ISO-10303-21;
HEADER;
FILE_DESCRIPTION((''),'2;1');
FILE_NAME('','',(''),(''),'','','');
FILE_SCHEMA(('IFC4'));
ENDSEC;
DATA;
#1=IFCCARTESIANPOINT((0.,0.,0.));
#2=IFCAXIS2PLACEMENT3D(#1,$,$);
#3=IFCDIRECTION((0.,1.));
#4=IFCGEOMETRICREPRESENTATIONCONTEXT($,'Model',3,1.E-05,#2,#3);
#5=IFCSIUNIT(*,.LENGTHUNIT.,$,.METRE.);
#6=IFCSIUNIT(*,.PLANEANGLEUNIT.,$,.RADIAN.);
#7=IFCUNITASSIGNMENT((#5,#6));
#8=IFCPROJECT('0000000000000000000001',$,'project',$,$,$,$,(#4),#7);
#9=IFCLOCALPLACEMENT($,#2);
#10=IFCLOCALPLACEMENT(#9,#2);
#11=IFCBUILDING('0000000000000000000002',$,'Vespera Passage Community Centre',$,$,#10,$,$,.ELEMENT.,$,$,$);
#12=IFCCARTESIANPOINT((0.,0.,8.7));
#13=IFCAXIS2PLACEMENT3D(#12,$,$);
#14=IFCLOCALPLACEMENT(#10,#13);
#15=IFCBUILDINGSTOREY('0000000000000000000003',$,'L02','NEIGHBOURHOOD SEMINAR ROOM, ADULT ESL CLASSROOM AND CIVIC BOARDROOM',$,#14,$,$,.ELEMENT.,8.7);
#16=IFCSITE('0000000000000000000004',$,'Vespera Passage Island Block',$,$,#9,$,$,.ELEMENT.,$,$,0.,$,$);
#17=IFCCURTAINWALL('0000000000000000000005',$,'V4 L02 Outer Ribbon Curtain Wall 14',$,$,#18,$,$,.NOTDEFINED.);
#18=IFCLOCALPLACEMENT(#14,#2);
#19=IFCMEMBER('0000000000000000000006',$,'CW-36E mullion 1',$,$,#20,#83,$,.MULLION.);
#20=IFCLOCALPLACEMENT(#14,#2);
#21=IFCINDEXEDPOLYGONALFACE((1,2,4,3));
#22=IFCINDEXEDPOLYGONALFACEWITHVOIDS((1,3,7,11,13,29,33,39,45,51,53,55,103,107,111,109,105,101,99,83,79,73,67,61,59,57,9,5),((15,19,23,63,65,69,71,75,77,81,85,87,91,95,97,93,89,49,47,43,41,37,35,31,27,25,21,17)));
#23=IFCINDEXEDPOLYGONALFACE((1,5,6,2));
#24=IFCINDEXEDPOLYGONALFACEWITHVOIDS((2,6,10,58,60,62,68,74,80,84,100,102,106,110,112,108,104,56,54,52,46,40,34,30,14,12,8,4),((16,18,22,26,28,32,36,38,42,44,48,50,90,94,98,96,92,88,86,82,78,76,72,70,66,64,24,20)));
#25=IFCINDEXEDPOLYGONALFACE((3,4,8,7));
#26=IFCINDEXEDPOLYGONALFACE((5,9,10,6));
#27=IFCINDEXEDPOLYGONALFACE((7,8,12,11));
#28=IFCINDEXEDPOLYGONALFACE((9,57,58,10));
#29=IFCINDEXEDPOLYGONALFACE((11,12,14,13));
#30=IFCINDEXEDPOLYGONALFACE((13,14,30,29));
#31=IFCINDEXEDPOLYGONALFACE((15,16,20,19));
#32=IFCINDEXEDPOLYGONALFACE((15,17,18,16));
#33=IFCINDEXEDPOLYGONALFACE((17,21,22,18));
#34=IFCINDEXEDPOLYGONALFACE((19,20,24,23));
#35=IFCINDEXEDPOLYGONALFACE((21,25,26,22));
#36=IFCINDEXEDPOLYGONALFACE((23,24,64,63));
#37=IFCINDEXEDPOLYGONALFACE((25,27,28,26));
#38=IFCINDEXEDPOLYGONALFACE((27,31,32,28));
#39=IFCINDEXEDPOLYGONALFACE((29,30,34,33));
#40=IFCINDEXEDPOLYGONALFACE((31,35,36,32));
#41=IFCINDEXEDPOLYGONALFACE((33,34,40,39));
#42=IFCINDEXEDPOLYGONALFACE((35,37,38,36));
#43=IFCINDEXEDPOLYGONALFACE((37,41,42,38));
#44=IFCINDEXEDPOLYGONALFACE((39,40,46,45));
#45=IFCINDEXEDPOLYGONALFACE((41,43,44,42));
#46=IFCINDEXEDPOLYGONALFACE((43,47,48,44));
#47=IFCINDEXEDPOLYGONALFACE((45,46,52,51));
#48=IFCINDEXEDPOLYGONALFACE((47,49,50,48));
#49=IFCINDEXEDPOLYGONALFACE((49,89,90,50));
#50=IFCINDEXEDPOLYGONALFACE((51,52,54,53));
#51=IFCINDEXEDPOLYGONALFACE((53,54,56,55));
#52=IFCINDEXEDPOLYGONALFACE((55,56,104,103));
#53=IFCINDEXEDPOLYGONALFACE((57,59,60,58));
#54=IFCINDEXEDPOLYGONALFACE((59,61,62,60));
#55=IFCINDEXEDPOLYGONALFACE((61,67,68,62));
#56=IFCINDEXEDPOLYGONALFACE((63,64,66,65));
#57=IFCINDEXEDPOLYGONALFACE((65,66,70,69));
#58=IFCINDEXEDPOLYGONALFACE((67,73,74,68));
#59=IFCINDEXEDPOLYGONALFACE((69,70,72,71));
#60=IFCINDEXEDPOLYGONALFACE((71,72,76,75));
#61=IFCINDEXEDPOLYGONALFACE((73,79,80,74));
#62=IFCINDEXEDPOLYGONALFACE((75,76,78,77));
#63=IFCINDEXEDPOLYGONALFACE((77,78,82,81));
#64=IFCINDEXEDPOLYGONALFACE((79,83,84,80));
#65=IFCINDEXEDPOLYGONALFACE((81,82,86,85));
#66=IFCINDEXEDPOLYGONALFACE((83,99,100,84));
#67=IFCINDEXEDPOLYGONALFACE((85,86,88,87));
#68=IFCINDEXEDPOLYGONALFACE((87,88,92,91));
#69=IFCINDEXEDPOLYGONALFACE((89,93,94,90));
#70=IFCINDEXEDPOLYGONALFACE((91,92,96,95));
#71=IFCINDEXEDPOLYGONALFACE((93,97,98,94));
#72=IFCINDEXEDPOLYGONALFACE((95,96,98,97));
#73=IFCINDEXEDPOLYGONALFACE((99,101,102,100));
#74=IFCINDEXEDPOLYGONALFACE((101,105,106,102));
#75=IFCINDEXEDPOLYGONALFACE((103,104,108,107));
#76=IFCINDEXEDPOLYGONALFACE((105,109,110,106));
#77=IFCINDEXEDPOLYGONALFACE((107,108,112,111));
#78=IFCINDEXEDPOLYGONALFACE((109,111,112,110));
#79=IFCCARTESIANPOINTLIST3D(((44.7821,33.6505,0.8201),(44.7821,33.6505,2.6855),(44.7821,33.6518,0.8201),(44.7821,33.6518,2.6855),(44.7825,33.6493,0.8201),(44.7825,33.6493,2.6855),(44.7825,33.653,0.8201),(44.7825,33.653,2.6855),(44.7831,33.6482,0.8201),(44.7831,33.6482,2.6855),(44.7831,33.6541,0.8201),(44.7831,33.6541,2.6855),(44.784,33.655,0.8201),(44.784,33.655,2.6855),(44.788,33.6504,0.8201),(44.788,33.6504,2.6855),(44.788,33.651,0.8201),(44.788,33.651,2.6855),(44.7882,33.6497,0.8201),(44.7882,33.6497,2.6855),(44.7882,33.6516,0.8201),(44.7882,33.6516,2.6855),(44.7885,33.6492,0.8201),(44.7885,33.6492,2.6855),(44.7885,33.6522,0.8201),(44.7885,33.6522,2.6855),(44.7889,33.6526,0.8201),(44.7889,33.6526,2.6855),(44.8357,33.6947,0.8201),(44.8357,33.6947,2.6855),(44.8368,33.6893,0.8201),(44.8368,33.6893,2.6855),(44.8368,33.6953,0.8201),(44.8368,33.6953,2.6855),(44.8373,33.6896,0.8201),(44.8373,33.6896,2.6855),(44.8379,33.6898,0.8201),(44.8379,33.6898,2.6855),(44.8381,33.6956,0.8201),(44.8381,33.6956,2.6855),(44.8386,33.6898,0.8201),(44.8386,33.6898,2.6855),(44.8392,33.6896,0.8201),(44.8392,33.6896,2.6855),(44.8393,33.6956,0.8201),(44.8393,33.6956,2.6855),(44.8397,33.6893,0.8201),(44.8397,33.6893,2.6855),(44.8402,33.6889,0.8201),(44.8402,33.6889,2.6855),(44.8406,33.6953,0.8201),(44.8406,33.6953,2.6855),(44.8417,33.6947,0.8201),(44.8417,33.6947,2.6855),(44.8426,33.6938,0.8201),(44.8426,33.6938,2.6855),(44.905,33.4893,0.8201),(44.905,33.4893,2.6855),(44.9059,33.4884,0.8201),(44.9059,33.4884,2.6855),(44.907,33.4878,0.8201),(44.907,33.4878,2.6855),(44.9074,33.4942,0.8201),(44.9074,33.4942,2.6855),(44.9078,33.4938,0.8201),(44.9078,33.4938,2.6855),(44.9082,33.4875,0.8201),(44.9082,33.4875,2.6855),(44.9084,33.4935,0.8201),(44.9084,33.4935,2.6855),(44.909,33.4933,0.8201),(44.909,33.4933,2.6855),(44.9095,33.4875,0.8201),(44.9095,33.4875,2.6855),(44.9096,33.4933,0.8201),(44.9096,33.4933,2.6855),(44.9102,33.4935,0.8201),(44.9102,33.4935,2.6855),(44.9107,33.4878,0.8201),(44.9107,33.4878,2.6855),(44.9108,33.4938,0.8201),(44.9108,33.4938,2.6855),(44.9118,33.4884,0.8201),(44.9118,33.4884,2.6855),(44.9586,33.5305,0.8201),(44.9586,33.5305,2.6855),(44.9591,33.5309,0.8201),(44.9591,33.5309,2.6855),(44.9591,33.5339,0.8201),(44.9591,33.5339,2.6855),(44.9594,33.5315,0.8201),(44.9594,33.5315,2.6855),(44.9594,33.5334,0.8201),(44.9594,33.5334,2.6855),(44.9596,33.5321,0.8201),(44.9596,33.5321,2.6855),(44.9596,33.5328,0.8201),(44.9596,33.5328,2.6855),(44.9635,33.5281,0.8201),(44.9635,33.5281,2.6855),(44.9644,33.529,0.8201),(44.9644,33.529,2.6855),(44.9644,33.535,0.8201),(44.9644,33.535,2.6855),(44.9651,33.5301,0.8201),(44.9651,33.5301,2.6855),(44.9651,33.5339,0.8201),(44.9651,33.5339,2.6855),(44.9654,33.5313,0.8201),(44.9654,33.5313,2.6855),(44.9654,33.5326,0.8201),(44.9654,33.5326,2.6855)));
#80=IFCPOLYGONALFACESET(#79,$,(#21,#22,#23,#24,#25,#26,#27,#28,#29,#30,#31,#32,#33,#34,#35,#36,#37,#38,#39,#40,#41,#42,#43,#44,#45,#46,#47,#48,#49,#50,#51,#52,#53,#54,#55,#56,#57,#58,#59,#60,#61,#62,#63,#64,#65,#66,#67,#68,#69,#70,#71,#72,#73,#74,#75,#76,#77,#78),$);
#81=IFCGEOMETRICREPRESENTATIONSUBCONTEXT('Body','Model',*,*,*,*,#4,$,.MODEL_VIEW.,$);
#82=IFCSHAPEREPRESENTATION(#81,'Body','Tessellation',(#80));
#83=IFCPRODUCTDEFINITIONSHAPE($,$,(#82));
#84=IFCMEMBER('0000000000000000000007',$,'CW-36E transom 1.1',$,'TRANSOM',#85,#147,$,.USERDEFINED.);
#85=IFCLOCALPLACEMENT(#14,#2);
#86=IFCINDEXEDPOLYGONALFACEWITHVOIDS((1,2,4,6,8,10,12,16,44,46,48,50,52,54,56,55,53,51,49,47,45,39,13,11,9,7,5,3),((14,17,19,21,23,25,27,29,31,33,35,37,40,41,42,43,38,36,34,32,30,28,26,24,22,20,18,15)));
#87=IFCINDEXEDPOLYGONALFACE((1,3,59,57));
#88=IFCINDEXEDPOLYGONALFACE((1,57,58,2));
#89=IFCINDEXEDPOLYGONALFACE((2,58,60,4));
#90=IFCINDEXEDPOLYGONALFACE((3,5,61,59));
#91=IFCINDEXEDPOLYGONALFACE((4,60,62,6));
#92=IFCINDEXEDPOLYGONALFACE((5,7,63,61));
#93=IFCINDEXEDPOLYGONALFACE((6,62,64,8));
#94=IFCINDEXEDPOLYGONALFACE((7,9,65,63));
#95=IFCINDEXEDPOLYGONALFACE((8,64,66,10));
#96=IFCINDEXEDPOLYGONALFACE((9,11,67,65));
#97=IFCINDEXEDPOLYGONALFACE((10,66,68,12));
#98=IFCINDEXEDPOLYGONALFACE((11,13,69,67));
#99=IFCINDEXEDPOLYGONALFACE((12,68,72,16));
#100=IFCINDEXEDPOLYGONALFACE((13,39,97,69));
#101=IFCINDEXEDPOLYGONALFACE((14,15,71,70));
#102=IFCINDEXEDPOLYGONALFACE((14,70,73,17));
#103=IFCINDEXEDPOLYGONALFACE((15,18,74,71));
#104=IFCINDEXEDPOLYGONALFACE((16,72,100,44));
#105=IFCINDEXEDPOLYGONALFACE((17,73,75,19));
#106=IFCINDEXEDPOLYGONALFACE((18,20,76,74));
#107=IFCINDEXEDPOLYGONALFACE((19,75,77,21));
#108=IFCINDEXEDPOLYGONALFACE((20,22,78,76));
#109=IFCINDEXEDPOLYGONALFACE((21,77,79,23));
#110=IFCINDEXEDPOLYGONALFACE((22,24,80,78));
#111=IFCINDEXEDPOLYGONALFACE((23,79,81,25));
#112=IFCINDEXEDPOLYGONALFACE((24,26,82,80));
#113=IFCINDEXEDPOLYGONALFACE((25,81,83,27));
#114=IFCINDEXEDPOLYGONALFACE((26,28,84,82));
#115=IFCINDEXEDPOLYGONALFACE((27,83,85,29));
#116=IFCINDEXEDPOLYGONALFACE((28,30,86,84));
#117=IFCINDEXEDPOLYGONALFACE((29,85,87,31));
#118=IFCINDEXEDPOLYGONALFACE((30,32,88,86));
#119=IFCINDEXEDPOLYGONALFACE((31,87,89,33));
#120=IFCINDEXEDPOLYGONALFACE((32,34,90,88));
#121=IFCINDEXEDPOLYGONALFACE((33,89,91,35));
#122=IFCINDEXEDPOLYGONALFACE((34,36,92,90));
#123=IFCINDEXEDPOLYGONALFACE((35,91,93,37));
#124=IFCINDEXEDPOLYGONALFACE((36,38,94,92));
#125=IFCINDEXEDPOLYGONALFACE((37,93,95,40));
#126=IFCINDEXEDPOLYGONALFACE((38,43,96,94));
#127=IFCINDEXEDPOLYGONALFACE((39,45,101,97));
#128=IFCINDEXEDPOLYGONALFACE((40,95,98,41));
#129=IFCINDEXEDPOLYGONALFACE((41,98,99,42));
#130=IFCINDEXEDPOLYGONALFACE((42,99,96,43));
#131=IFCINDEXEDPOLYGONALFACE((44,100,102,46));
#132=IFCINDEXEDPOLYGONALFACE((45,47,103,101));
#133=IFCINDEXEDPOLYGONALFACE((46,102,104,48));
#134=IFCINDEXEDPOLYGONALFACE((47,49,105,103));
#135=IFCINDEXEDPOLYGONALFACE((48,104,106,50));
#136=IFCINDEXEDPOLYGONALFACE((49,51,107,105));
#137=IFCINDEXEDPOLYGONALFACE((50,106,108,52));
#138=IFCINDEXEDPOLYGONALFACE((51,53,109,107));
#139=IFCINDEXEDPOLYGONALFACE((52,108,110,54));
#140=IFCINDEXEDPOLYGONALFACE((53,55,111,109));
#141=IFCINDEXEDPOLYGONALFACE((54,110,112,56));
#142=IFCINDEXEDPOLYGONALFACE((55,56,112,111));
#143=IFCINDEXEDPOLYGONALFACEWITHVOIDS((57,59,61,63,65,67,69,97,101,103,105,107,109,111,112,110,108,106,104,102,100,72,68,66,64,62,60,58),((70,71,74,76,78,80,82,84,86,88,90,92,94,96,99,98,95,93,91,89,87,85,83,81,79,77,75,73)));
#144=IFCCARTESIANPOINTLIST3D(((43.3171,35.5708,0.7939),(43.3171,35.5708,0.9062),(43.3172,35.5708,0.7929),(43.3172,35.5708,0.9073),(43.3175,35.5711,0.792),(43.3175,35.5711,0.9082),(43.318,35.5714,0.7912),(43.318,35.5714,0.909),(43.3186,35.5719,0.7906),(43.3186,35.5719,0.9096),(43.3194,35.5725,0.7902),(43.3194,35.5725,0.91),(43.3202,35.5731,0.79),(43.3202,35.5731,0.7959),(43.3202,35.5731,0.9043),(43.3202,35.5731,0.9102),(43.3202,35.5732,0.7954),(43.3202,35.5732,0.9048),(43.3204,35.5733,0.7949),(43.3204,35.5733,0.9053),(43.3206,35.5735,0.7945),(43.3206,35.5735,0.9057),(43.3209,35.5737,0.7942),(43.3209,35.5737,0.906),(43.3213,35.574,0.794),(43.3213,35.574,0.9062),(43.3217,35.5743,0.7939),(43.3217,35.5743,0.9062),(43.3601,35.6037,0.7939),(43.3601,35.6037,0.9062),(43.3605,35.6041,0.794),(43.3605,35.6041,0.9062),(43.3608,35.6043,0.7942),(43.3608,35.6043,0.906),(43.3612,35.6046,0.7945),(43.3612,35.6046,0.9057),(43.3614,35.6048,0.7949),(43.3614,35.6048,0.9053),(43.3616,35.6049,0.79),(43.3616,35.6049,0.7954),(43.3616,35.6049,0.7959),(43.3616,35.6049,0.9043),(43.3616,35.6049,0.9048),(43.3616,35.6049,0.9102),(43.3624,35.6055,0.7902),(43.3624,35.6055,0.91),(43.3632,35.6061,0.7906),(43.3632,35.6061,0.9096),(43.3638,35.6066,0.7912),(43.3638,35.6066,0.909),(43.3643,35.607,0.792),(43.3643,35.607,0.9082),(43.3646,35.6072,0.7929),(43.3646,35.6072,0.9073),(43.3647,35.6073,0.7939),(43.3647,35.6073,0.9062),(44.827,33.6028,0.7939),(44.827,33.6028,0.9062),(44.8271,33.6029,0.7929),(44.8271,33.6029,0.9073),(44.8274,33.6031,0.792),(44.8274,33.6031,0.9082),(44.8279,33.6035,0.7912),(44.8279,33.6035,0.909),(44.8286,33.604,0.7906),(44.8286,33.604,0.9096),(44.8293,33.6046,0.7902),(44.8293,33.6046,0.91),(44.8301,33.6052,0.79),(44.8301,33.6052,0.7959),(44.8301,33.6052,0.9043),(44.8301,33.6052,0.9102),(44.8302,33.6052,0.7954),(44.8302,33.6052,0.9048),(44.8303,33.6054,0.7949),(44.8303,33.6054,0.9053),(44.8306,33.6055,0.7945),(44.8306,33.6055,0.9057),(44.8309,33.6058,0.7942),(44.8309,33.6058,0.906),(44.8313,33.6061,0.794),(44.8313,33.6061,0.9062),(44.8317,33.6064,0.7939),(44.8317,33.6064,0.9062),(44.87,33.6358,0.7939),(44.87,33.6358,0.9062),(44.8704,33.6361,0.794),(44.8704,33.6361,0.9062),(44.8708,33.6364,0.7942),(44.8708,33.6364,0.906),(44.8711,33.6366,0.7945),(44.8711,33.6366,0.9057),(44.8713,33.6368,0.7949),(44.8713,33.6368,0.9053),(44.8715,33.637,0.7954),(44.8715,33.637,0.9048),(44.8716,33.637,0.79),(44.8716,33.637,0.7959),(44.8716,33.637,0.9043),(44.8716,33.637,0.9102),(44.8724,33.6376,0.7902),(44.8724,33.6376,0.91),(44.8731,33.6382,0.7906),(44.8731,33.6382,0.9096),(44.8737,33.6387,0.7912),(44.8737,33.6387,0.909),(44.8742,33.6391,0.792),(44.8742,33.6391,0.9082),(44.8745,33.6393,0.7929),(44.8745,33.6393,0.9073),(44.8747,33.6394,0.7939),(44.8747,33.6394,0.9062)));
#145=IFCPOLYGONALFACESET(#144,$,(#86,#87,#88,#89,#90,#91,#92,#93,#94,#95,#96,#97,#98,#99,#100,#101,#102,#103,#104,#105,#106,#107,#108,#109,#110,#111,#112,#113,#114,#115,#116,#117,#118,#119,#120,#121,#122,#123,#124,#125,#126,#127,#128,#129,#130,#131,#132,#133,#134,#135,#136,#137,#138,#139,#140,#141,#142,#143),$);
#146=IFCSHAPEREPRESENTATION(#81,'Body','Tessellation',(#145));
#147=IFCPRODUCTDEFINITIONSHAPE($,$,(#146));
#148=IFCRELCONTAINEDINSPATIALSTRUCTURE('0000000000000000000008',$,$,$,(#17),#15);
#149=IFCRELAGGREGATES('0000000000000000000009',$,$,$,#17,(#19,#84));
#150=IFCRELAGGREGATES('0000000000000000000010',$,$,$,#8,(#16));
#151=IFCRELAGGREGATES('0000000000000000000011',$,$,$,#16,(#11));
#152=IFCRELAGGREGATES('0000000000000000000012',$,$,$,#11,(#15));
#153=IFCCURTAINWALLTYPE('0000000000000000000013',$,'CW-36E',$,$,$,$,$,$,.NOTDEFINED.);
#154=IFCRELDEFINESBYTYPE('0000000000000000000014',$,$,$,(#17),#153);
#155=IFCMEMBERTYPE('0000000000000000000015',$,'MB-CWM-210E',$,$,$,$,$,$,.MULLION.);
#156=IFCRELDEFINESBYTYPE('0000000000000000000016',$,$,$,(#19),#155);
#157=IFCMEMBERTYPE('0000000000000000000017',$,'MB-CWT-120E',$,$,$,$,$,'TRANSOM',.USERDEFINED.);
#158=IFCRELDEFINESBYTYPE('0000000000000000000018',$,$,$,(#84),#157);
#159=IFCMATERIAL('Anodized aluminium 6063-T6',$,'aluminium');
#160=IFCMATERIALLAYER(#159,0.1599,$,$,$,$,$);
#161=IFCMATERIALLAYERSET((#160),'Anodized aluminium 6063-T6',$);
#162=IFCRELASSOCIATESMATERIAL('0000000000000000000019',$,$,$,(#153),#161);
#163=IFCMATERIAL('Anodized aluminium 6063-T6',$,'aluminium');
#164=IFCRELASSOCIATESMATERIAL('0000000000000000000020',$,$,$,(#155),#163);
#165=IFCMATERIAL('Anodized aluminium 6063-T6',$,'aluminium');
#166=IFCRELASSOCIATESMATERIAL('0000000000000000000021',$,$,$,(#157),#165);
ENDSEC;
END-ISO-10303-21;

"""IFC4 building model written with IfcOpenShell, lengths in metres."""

from ifc_helpers import new_model, si_unit, direction, frame, origin, origin_2d, place, context, subcontext, project, spatial, hollow_rectangle, extrude, material, layer, layer_set, material_profile, profile_set, type_object, element, aggregate, save


model = new_model("IFC4")

# Units and contexts
model_context = context("Model", 3, precision=1e-05, world=origin(), true_north=direction((0.0, 1.0)))
body_context = subcontext(model_context, "Body", "Model", "MODEL_VIEW")
ifc_project = project(units=[si_unit("LENGTHUNIT", "METRE"), si_unit("PLANEANGLEUNIT", "RADIAN")], contexts=[model_context])

# Site, building, storey
site_placement = place(None, origin())
site = spatial("IfcSite", under=ifc_project, at=site_placement, Name="Vespera Passage Island Block", CompositionType="ELEMENT", RefElevation=0.0)
building_placement = place(site_placement, origin())
building = spatial("IfcBuilding", under=site, at=building_placement, Name="Vespera Passage Community Centre", CompositionType="ELEMENT")
storey_placement = place(building_placement, frame((0.0, 0.0, 8.7)))
storey = spatial("IfcBuildingStorey", under=building, at=storey_placement, Name="L02", Description="NEIGHBOURHOOD SEMINAR ROOM, ADULT ESL CLASSROOM AND CIVIC BOARDROOM", CompositionType="ELEMENT", Elevation=8.7)

# Curtain wall, members
ifc_material_1 = material(Name="Anodized aluminium 6063-T6", Category="aluminium")
ifc_layer_1 = layer(ifc_material_1, 0.1599)
ifc_layer_set_1 = layer_set([ifc_layer_1], Name="Anodized aluminium 6063-T6")
curtain_wall_type = type_object("IfcCurtainWallType", Name="CW-36E", PredefinedType="NOTDEFINED", material=ifc_layer_set_1)
curtain_wall_placement = place(storey_placement, origin())
curtain_wall = element("IfcCurtainWall", 1, at=curtain_wall_placement, inside=storey, type_object=curtain_wall_type, Name="V4 L02 Outer Ribbon Curtain Wall 14", PredefinedType="NOTDEFINED")
ifc_material_2 = material(Name="Anodized aluminium 6063-T6", Category="aluminium")
ifc_material_profile_1 = material_profile(ifc_material_2, hollow_rectangle(XDim=0.075, YDim=0.21, WallThickness=0.0049, InnerFilletRadius=0.0024, OuterFilletRadius=0.0049, at=origin_2d()), Name="ALU210X75X5")
ifc_profile_set_1 = profile_set([ifc_material_profile_1], Name="Anodized aluminium 6063-T6")
member_type_1 = type_object("IfcMemberType", Name="MB-CWM-210E", PredefinedType="MULLION", material=ifc_profile_set_1)
member_1_placement = place(storey_placement, frame((44.8738, 33.5916, 0.8201), z_axis=(0.0, 0.0, 1.0), x_axis=(-0.79335, -0.608765, 0.0)))
member_1 = element("IfcMember", 2, at=member_1_placement, type_object=member_type_1, Name="CW-36E mullion 1", PredefinedType="MULLION", context=body_context, shape_type="SweptSolid", body=[
    extrude(hollow_rectangle(XDim=0.075, YDim=0.21, WallThickness=0.0049, InnerFilletRadius=0.0024, OuterFilletRadius=0.0049, at=origin_2d()), origin(), (0.0, 0.0, 1.0), 1.8655),
])
ifc_material_3 = material(Name="Anodized aluminium 6063-T6", Category="aluminium")
ifc_material_profile_2 = material_profile(ifc_material_3, hollow_rectangle(XDim=0.0601, YDim=0.1201, WallThickness=0.0039, InnerFilletRadius=0.002, OuterFilletRadius=0.0039, at=origin_2d()), Name="ALU120X60X4")
ifc_profile_set_2 = profile_set([ifc_material_profile_2], Name="Anodized aluminium 6063-T6")
member_type_2 = type_object("IfcMemberType", Name="MB-CWT-120E", ElementType="TRANSOM", PredefinedType="USERDEFINED", material=ifc_profile_set_2)
member_2_placement = place(storey_placement, frame((44.8508, 33.6211, 0.8501), z_axis=(-0.608735, 0.793373, 0.0), x_axis=(-0.793373, -0.608735, 0.0)))
member_2 = element("IfcMember", 3, at=member_2_placement, type_object=member_type_2, Name="CW-36E transom 1.1", ObjectType="TRANSOM", PredefinedType="USERDEFINED", context=body_context, shape_type="SweptSolid", body=[
    extrude(hollow_rectangle(XDim=0.0601, YDim=0.1201, WallThickness=0.0039, InnerFilletRadius=0.002, OuterFilletRadius=0.0039, at=origin_2d()), origin(), (0.0, 0.0, 1.0), 2.4805),
])
aggregate(curtain_wall, [member_1, member_2])

save(model, "model.ifc")
